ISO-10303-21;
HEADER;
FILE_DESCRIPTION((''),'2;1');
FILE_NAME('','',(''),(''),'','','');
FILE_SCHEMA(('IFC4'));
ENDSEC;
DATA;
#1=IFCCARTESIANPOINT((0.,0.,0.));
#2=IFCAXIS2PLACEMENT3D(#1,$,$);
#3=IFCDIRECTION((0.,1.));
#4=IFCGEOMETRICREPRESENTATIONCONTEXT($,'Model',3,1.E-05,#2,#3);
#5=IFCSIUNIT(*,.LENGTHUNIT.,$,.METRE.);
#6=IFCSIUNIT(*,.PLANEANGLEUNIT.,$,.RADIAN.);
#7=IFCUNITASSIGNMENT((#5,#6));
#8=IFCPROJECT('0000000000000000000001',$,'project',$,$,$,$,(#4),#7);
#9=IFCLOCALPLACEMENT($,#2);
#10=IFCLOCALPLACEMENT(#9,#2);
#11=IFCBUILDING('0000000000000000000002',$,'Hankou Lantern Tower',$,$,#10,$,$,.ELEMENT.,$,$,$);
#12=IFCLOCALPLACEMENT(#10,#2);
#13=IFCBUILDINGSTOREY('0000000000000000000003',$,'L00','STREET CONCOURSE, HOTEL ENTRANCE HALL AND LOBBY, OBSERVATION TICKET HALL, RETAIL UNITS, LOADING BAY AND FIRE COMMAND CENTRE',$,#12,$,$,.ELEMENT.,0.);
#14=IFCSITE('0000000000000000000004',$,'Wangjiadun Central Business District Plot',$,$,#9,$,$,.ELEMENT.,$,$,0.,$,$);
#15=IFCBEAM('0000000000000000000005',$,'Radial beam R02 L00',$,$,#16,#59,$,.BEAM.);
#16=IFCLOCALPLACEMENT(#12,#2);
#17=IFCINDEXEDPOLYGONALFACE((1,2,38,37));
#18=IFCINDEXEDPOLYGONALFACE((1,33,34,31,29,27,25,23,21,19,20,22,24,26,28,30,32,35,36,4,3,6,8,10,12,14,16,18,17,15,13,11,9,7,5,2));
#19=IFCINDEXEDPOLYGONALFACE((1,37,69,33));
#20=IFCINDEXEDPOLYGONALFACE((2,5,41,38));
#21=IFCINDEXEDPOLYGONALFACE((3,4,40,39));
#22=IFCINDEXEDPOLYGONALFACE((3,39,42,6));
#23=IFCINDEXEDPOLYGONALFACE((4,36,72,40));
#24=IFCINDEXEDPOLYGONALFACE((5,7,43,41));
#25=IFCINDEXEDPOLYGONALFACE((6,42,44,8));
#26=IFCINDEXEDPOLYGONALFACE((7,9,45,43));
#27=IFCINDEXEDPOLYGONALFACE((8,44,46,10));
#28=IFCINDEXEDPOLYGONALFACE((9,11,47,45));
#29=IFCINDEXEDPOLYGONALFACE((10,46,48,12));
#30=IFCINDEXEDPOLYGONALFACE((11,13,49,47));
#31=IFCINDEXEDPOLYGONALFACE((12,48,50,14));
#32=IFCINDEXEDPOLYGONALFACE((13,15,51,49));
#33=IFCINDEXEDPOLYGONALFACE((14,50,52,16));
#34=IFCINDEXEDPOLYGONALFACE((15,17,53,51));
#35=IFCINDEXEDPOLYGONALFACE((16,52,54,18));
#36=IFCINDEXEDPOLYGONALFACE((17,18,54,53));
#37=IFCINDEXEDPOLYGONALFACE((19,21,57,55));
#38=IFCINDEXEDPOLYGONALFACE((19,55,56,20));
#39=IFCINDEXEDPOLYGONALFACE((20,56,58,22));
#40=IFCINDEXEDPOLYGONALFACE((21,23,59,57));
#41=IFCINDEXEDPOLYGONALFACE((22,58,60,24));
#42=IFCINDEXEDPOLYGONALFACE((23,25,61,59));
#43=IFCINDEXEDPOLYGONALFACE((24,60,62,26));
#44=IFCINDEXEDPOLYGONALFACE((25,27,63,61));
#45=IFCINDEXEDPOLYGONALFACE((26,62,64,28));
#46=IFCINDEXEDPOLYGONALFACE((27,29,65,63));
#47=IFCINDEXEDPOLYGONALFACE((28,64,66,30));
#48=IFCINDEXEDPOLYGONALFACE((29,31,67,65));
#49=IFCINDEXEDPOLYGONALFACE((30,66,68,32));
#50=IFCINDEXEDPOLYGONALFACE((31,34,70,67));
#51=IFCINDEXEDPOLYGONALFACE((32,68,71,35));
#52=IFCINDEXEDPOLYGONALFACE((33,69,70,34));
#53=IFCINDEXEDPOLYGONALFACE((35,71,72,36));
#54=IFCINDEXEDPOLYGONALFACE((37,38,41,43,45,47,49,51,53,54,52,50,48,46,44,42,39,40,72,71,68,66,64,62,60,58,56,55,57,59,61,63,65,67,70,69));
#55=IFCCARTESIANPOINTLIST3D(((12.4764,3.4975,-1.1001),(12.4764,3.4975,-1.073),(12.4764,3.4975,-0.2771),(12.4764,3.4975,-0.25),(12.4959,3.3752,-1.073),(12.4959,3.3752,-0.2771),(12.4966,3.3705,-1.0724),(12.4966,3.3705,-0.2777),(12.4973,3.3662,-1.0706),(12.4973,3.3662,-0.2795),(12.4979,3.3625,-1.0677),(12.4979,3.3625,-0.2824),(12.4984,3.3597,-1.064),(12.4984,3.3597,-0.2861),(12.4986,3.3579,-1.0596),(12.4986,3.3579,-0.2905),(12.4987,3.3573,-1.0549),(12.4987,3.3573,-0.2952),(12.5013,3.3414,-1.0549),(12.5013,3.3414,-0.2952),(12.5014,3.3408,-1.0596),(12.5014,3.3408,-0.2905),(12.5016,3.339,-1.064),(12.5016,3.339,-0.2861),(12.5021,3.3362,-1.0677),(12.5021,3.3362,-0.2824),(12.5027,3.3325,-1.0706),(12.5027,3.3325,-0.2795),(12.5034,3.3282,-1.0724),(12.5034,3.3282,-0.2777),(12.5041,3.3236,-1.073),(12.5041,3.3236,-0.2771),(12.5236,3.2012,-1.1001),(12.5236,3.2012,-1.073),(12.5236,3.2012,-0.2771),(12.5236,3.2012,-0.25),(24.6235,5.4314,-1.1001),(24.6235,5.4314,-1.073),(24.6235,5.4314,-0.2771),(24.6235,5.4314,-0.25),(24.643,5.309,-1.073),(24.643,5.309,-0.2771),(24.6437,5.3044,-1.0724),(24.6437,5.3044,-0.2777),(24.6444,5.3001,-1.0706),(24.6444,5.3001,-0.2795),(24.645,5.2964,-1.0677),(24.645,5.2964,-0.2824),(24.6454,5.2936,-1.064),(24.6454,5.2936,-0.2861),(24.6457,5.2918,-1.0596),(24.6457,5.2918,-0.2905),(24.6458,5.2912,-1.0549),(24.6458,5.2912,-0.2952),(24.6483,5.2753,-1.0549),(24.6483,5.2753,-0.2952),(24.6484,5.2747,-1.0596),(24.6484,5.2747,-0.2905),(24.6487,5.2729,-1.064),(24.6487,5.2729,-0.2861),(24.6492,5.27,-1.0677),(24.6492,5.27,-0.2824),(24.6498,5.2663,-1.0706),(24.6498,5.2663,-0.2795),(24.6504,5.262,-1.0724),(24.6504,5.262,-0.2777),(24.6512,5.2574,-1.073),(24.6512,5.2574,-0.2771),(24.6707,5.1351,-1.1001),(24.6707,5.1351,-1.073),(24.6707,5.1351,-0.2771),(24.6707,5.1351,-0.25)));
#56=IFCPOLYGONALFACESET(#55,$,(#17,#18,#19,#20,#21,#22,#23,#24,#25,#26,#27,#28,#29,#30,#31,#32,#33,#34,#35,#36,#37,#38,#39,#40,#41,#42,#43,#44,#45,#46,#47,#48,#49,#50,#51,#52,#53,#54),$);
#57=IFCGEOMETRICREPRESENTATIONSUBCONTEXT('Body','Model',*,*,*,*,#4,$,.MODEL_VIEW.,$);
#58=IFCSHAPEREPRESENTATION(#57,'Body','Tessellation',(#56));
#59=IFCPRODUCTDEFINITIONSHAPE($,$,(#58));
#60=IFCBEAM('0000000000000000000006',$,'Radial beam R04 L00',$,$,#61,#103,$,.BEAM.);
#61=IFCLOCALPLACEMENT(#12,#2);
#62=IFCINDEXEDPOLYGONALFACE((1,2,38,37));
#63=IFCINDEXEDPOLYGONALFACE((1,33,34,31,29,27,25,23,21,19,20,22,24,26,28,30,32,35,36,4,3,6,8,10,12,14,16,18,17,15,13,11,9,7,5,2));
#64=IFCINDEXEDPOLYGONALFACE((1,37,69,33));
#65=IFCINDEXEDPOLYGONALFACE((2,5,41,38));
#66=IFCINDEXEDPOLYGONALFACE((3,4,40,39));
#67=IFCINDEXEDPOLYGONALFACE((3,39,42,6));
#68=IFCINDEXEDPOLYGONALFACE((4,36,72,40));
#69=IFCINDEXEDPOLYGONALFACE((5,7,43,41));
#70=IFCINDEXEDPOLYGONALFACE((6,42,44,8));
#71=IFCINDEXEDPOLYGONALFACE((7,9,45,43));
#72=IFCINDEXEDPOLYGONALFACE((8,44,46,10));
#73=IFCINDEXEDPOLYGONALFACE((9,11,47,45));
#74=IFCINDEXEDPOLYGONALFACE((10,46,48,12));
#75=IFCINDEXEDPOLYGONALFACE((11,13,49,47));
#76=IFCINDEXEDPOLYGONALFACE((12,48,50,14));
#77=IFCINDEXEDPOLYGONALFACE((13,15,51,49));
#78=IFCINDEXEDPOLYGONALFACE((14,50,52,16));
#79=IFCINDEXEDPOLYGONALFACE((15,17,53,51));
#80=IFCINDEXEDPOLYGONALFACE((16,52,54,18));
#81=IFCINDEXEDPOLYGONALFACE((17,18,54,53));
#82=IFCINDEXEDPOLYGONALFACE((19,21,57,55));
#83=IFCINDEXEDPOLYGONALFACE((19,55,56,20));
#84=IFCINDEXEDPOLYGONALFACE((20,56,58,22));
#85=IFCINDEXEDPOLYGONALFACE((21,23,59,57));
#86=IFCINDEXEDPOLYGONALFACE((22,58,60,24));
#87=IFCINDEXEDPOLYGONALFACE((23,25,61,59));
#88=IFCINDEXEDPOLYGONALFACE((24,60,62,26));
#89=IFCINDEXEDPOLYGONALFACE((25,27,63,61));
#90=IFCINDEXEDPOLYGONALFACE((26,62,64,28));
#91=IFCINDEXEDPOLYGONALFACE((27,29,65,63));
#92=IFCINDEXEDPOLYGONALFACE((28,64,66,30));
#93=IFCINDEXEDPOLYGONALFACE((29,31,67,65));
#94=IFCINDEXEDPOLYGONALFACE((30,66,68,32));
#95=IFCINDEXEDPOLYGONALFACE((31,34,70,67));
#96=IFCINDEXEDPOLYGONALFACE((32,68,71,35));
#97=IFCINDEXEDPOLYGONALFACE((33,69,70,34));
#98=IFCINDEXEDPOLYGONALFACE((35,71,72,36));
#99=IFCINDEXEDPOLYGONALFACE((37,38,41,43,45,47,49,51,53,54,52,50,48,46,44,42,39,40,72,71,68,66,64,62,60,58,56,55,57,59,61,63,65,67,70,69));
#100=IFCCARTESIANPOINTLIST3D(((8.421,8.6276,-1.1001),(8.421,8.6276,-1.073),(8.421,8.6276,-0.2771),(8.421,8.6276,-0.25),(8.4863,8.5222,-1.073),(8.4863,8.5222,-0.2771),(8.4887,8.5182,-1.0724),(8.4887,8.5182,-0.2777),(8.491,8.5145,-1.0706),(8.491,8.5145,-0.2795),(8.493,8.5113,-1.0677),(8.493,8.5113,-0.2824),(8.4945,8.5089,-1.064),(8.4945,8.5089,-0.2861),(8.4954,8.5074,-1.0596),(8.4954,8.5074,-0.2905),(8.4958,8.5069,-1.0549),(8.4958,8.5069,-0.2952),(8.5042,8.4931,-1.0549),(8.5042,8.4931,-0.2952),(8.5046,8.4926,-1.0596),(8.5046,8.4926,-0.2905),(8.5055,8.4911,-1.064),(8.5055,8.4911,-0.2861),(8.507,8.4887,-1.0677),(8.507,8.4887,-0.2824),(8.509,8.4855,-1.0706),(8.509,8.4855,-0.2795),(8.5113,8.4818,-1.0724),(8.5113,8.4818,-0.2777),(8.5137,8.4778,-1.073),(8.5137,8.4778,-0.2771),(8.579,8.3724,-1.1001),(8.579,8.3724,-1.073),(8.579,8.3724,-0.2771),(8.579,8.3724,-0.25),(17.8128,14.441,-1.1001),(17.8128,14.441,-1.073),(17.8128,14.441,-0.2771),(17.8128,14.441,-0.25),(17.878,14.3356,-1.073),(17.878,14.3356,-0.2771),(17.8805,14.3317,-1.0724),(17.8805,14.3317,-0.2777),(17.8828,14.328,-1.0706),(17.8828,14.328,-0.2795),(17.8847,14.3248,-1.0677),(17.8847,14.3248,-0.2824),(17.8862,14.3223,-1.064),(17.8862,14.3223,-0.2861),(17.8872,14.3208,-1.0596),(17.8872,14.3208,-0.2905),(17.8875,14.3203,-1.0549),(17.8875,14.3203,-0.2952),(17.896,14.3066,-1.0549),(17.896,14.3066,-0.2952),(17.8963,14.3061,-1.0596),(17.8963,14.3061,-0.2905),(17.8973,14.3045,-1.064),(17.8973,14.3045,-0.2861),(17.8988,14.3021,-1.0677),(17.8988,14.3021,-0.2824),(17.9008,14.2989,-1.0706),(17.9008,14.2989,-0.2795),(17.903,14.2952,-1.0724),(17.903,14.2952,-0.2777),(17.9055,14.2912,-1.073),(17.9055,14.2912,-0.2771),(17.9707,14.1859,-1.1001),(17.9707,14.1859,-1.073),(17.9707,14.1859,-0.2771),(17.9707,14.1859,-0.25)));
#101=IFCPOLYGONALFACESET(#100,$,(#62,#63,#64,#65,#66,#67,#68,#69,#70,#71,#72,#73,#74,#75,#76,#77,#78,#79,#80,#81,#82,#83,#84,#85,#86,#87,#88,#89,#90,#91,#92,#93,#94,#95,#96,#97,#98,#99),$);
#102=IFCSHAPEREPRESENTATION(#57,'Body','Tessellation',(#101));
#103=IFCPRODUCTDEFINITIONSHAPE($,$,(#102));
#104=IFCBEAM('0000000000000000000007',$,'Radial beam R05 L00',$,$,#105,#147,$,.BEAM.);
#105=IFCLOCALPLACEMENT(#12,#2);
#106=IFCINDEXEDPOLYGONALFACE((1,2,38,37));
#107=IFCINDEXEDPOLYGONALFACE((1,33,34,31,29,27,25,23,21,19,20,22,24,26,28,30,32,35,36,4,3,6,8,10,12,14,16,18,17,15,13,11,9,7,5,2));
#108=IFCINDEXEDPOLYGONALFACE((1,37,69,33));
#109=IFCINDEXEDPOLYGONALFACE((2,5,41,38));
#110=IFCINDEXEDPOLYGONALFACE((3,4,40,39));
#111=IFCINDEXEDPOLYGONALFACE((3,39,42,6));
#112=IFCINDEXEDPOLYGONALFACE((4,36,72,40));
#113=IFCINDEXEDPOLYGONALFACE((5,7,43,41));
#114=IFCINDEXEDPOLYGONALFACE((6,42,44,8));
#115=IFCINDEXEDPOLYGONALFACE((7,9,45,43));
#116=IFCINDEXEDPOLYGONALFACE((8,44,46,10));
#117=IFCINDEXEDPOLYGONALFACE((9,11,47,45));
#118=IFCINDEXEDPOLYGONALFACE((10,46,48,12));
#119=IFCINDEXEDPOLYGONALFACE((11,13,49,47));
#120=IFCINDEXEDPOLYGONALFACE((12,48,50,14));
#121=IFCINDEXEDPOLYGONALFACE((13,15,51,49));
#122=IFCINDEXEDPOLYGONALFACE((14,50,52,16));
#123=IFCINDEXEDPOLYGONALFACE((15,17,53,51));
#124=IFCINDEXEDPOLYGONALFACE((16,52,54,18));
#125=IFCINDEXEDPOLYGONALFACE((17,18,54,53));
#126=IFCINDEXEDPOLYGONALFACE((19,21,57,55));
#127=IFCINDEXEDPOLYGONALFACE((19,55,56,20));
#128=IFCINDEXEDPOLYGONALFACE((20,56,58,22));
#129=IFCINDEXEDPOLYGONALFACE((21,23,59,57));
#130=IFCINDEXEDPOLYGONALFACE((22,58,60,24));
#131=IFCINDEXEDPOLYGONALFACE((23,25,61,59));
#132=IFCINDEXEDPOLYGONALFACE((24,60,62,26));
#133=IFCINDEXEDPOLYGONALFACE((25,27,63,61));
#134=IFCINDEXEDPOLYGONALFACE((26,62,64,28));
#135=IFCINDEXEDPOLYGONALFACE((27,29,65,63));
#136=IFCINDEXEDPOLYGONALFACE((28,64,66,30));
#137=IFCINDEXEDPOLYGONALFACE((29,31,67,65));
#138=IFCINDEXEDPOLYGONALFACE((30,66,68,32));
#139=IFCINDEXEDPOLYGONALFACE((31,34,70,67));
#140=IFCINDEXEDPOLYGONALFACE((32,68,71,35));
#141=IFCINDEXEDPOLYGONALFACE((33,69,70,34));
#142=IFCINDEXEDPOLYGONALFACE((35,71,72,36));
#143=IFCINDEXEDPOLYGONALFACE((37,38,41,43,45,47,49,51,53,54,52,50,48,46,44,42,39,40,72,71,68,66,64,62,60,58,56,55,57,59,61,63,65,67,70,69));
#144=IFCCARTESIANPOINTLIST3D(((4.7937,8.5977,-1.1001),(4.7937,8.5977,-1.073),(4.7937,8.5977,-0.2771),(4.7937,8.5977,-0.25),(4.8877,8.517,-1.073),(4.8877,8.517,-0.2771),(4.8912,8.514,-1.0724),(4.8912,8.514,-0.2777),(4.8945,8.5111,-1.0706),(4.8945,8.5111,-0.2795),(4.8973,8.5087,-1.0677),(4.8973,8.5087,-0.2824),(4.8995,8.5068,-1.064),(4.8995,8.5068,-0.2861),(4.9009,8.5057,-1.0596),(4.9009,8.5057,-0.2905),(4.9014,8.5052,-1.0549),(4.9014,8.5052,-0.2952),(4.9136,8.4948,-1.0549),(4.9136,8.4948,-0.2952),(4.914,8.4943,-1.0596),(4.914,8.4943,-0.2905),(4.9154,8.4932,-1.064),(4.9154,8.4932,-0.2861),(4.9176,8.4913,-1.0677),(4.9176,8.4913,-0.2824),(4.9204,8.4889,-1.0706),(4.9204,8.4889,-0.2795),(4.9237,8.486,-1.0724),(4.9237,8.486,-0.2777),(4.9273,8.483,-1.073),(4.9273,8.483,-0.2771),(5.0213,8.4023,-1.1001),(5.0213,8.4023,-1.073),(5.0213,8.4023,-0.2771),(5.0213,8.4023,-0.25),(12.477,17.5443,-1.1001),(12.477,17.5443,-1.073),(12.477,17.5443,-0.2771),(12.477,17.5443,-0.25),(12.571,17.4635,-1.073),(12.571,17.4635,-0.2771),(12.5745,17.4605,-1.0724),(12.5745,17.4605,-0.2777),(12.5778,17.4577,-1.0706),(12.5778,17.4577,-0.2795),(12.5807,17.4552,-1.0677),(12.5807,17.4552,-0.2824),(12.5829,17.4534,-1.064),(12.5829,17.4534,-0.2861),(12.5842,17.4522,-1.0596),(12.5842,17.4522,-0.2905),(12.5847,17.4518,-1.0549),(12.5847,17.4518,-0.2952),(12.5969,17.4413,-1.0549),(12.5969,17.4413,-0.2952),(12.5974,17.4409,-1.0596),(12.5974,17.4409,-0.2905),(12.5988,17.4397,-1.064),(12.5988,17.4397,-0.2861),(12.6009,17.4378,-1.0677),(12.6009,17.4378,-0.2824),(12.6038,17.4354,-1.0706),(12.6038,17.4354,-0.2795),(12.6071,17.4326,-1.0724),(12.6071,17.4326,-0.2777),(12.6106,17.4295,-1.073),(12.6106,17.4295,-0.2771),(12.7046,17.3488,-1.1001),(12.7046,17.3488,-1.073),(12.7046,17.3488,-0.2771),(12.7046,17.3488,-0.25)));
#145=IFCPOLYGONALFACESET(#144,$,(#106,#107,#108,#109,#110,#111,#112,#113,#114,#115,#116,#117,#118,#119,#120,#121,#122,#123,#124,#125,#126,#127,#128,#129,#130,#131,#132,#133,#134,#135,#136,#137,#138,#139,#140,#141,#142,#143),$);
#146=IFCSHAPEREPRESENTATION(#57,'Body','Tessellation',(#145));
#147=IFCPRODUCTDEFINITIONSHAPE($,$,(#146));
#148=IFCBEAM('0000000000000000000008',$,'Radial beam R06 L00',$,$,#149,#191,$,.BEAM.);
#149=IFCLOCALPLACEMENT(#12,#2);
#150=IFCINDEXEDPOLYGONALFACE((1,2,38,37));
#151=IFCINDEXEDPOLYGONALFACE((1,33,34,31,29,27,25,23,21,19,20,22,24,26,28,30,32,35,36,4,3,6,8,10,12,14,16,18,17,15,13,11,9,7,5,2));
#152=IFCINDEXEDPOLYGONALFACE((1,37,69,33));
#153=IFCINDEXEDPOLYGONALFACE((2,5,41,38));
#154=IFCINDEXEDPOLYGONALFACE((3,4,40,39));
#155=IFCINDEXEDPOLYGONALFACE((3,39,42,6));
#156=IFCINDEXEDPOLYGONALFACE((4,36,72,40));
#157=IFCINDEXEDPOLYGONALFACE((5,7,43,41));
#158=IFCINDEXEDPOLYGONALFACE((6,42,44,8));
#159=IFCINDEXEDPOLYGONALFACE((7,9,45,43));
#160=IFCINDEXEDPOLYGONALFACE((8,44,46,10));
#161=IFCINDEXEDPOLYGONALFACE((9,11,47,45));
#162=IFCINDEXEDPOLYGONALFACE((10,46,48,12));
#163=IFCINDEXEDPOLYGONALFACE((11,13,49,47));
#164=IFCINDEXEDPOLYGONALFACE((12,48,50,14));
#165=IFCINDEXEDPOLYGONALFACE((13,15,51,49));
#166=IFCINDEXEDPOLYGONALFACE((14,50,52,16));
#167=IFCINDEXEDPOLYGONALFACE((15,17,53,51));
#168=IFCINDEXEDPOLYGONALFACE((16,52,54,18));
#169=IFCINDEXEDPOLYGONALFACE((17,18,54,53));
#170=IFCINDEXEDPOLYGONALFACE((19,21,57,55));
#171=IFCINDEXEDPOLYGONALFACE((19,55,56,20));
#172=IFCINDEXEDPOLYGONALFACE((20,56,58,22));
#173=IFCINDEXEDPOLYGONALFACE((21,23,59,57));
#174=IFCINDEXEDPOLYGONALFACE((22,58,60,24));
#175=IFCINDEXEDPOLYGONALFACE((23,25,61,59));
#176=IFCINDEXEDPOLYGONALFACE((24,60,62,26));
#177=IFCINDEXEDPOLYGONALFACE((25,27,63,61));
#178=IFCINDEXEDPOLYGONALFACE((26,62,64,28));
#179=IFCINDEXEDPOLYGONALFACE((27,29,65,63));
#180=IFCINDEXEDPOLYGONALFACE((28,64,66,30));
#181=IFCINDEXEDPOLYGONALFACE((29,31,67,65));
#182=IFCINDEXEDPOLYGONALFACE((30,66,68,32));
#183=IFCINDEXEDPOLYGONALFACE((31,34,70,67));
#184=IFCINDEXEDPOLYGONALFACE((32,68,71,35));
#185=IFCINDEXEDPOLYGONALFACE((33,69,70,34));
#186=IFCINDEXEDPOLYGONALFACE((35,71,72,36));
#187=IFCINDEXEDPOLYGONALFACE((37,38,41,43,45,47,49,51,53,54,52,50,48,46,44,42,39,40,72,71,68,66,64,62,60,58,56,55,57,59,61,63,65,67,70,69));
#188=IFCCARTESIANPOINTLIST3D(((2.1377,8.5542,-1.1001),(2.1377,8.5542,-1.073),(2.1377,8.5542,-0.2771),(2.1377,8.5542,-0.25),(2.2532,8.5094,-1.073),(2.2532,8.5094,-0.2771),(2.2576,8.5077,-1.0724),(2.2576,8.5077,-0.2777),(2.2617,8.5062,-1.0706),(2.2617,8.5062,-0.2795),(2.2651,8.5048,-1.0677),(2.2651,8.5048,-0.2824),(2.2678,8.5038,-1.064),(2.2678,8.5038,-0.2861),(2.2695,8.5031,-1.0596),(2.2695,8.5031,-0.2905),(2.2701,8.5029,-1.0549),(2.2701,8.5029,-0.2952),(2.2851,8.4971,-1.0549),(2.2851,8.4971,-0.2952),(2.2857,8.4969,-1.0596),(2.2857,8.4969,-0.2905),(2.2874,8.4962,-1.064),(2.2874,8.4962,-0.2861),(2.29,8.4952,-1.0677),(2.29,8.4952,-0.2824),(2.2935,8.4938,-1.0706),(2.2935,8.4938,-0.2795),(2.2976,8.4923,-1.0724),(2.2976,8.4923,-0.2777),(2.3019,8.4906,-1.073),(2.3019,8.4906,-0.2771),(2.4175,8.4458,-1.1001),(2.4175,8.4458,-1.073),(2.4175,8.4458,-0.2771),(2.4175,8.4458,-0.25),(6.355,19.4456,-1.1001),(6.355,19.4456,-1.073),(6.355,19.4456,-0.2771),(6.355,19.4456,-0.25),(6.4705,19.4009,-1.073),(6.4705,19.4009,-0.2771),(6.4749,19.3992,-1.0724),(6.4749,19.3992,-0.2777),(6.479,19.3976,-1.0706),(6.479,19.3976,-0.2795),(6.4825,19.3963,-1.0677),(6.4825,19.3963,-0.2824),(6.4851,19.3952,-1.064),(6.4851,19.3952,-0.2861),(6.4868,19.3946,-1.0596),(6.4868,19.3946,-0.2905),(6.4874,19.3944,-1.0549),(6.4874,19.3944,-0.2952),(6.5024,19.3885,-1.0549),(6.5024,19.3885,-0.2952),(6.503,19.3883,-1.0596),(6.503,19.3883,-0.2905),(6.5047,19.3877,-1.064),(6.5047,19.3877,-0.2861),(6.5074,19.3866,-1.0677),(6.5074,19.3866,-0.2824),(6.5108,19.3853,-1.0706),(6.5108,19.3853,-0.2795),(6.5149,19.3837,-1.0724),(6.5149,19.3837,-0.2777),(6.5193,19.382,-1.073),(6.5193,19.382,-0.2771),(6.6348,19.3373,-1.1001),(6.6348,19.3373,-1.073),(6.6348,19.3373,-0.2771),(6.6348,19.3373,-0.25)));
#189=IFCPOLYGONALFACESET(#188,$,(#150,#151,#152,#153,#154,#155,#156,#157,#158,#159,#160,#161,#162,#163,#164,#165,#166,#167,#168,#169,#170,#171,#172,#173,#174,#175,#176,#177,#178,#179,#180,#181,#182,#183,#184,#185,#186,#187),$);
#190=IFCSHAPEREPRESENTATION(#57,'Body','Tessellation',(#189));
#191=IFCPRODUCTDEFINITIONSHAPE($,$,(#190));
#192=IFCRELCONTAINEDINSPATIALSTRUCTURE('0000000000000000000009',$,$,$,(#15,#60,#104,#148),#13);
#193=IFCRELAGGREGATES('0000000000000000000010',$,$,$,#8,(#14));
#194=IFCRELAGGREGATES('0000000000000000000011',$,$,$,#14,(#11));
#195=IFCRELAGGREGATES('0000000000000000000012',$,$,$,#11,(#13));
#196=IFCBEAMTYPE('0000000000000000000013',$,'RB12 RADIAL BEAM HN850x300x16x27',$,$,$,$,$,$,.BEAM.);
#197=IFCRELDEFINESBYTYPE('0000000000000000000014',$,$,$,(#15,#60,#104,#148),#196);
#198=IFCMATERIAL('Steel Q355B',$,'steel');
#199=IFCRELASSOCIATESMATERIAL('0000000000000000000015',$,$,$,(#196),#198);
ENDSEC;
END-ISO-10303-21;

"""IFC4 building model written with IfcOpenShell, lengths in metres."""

from ifc_helpers import new_model, si_unit, direction, frame, origin, origin_2d, place, context, subcontext, project, spatial, i_section, extrude, material, material_profile, profile_set, type_object, element, save


model = new_model("IFC4")

# Units and contexts
model_context = context("Model", 3, precision=1e-05, world=origin(), true_north=direction((0.0, 1.0)))
body_context = subcontext(model_context, "Body", "Model", "MODEL_VIEW")
ifc_project = project(units=[si_unit("LENGTHUNIT", "METRE"), si_unit("PLANEANGLEUNIT", "RADIAN")], contexts=[model_context])

# Site, building, storey
site_placement = place(None, origin())
site = spatial("IfcSite", under=ifc_project, at=site_placement, Name="Wangjiadun Central Business District Plot", CompositionType="ELEMENT", RefElevation=0.0)
building_placement = place(site_placement, origin())
building = spatial("IfcBuilding", under=site, at=building_placement, Name="Hankou Lantern Tower", CompositionType="ELEMENT")
storey_placement = place(building_placement, origin())
storey = spatial("IfcBuildingStorey", under=building, at=storey_placement, Name="L00", Description="STREET CONCOURSE, HOTEL ENTRANCE HALL AND LOBBY, OBSERVATION TICKET HALL, RETAIL UNITS, LOADING BAY AND FIRE COMMAND CENTRE", CompositionType="ELEMENT", Elevation=0.0)

# Beams
ifc_material_1 = material(Name="Steel Q355B", Category="steel")
ifc_material_profile_1 = material_profile(ifc_material_1, i_section(OverallWidth=0.3, OverallDepth=0.8501, WebThickness=0.0161, FlangeThickness=0.0271, FilletRadius=0.0181, at=origin_2d()), Name="HN850x300x16x27")
ifc_profile_set_1 = profile_set([ifc_material_profile_1], Name="Steel Q355B")
beam_type_1 = type_object("IfcBeamType", Name="RB12 RADIAL BEAM HN850x300x16x27", PredefinedType="BEAM", material=ifc_profile_set_1)
beam_1_placement = place(storey_placement, frame((12.5, 3.3494, -0.675), z_axis=(0.987563, 0.157223, 0.0), x_axis=(-0.157223, 0.987563, 0.0)))
element("IfcBeam", 1, at=beam_1_placement, inside=storey, type_object=beam_type_1, Name="Radial beam R02 L00", PredefinedType="BEAM", context=body_context, shape_type="SweptSolid", body=[
    extrude(i_section(OverallWidth=0.3, OverallDepth=0.8501, WebThickness=0.0161, FlangeThickness=0.0271, FilletRadius=0.0181, at=origin_2d()), origin(), (0.0, 0.0, 1.0), 12.3),
])
beam_2_placement = place(storey_placement, frame((8.5, 8.5, -0.675), z_axis=(0.850286, 0.52632, 0.0), x_axis=(-0.52632, 0.850286, 0.0)))
element("IfcBeam", 2, at=beam_2_placement, inside=storey, type_object=beam_type_1, Name="Radial beam R04 L00", PredefinedType="BEAM", context=body_context, shape_type="SweptSolid", body=[
    extrude(i_section(OverallWidth=0.3, OverallDepth=0.8501, WebThickness=0.0161, FlangeThickness=0.0271, FilletRadius=0.0181, at=origin_2d()), origin(), (0.0, 0.0, 1.0), 11.0454),
])
beam_3_placement = place(storey_placement, frame((4.9075, 8.5, -0.675), z_axis=(0.651519, 0.758632, 0.0), x_axis=(-0.758632, 0.651519, 0.0)))
element("IfcBeam", 3, at=beam_3_placement, inside=storey, type_object=beam_type_1, Name="Radial beam R05 L00", PredefinedType="BEAM", context=body_context, shape_type="SweptSolid", body=[
    extrude(i_section(OverallWidth=0.3, OverallDepth=0.8501, WebThickness=0.0161, FlangeThickness=0.0271, FilletRadius=0.0181, at=origin_2d()), origin(), (0.0, 0.0, 1.0), 11.793),
])
beam_4_placement = place(storey_placement, frame((2.2776, 8.5, -0.675), z_axis=(0.361089, 0.932531, 0.0), x_axis=(-0.932531, 0.361089, 0.0)))
element("IfcBeam", 4, at=beam_4_placement, inside=storey, type_object=beam_type_1, Name="Radial beam R06 L00", PredefinedType="BEAM", context=body_context, shape_type="SweptSolid", body=[
    extrude(i_section(OverallWidth=0.3, OverallDepth=0.8501, WebThickness=0.0161, FlangeThickness=0.0271, FilletRadius=0.0181, at=origin_2d()), origin(), (0.0, 0.0, 1.0), 11.6794),
])

save(model, "model.ifc")
